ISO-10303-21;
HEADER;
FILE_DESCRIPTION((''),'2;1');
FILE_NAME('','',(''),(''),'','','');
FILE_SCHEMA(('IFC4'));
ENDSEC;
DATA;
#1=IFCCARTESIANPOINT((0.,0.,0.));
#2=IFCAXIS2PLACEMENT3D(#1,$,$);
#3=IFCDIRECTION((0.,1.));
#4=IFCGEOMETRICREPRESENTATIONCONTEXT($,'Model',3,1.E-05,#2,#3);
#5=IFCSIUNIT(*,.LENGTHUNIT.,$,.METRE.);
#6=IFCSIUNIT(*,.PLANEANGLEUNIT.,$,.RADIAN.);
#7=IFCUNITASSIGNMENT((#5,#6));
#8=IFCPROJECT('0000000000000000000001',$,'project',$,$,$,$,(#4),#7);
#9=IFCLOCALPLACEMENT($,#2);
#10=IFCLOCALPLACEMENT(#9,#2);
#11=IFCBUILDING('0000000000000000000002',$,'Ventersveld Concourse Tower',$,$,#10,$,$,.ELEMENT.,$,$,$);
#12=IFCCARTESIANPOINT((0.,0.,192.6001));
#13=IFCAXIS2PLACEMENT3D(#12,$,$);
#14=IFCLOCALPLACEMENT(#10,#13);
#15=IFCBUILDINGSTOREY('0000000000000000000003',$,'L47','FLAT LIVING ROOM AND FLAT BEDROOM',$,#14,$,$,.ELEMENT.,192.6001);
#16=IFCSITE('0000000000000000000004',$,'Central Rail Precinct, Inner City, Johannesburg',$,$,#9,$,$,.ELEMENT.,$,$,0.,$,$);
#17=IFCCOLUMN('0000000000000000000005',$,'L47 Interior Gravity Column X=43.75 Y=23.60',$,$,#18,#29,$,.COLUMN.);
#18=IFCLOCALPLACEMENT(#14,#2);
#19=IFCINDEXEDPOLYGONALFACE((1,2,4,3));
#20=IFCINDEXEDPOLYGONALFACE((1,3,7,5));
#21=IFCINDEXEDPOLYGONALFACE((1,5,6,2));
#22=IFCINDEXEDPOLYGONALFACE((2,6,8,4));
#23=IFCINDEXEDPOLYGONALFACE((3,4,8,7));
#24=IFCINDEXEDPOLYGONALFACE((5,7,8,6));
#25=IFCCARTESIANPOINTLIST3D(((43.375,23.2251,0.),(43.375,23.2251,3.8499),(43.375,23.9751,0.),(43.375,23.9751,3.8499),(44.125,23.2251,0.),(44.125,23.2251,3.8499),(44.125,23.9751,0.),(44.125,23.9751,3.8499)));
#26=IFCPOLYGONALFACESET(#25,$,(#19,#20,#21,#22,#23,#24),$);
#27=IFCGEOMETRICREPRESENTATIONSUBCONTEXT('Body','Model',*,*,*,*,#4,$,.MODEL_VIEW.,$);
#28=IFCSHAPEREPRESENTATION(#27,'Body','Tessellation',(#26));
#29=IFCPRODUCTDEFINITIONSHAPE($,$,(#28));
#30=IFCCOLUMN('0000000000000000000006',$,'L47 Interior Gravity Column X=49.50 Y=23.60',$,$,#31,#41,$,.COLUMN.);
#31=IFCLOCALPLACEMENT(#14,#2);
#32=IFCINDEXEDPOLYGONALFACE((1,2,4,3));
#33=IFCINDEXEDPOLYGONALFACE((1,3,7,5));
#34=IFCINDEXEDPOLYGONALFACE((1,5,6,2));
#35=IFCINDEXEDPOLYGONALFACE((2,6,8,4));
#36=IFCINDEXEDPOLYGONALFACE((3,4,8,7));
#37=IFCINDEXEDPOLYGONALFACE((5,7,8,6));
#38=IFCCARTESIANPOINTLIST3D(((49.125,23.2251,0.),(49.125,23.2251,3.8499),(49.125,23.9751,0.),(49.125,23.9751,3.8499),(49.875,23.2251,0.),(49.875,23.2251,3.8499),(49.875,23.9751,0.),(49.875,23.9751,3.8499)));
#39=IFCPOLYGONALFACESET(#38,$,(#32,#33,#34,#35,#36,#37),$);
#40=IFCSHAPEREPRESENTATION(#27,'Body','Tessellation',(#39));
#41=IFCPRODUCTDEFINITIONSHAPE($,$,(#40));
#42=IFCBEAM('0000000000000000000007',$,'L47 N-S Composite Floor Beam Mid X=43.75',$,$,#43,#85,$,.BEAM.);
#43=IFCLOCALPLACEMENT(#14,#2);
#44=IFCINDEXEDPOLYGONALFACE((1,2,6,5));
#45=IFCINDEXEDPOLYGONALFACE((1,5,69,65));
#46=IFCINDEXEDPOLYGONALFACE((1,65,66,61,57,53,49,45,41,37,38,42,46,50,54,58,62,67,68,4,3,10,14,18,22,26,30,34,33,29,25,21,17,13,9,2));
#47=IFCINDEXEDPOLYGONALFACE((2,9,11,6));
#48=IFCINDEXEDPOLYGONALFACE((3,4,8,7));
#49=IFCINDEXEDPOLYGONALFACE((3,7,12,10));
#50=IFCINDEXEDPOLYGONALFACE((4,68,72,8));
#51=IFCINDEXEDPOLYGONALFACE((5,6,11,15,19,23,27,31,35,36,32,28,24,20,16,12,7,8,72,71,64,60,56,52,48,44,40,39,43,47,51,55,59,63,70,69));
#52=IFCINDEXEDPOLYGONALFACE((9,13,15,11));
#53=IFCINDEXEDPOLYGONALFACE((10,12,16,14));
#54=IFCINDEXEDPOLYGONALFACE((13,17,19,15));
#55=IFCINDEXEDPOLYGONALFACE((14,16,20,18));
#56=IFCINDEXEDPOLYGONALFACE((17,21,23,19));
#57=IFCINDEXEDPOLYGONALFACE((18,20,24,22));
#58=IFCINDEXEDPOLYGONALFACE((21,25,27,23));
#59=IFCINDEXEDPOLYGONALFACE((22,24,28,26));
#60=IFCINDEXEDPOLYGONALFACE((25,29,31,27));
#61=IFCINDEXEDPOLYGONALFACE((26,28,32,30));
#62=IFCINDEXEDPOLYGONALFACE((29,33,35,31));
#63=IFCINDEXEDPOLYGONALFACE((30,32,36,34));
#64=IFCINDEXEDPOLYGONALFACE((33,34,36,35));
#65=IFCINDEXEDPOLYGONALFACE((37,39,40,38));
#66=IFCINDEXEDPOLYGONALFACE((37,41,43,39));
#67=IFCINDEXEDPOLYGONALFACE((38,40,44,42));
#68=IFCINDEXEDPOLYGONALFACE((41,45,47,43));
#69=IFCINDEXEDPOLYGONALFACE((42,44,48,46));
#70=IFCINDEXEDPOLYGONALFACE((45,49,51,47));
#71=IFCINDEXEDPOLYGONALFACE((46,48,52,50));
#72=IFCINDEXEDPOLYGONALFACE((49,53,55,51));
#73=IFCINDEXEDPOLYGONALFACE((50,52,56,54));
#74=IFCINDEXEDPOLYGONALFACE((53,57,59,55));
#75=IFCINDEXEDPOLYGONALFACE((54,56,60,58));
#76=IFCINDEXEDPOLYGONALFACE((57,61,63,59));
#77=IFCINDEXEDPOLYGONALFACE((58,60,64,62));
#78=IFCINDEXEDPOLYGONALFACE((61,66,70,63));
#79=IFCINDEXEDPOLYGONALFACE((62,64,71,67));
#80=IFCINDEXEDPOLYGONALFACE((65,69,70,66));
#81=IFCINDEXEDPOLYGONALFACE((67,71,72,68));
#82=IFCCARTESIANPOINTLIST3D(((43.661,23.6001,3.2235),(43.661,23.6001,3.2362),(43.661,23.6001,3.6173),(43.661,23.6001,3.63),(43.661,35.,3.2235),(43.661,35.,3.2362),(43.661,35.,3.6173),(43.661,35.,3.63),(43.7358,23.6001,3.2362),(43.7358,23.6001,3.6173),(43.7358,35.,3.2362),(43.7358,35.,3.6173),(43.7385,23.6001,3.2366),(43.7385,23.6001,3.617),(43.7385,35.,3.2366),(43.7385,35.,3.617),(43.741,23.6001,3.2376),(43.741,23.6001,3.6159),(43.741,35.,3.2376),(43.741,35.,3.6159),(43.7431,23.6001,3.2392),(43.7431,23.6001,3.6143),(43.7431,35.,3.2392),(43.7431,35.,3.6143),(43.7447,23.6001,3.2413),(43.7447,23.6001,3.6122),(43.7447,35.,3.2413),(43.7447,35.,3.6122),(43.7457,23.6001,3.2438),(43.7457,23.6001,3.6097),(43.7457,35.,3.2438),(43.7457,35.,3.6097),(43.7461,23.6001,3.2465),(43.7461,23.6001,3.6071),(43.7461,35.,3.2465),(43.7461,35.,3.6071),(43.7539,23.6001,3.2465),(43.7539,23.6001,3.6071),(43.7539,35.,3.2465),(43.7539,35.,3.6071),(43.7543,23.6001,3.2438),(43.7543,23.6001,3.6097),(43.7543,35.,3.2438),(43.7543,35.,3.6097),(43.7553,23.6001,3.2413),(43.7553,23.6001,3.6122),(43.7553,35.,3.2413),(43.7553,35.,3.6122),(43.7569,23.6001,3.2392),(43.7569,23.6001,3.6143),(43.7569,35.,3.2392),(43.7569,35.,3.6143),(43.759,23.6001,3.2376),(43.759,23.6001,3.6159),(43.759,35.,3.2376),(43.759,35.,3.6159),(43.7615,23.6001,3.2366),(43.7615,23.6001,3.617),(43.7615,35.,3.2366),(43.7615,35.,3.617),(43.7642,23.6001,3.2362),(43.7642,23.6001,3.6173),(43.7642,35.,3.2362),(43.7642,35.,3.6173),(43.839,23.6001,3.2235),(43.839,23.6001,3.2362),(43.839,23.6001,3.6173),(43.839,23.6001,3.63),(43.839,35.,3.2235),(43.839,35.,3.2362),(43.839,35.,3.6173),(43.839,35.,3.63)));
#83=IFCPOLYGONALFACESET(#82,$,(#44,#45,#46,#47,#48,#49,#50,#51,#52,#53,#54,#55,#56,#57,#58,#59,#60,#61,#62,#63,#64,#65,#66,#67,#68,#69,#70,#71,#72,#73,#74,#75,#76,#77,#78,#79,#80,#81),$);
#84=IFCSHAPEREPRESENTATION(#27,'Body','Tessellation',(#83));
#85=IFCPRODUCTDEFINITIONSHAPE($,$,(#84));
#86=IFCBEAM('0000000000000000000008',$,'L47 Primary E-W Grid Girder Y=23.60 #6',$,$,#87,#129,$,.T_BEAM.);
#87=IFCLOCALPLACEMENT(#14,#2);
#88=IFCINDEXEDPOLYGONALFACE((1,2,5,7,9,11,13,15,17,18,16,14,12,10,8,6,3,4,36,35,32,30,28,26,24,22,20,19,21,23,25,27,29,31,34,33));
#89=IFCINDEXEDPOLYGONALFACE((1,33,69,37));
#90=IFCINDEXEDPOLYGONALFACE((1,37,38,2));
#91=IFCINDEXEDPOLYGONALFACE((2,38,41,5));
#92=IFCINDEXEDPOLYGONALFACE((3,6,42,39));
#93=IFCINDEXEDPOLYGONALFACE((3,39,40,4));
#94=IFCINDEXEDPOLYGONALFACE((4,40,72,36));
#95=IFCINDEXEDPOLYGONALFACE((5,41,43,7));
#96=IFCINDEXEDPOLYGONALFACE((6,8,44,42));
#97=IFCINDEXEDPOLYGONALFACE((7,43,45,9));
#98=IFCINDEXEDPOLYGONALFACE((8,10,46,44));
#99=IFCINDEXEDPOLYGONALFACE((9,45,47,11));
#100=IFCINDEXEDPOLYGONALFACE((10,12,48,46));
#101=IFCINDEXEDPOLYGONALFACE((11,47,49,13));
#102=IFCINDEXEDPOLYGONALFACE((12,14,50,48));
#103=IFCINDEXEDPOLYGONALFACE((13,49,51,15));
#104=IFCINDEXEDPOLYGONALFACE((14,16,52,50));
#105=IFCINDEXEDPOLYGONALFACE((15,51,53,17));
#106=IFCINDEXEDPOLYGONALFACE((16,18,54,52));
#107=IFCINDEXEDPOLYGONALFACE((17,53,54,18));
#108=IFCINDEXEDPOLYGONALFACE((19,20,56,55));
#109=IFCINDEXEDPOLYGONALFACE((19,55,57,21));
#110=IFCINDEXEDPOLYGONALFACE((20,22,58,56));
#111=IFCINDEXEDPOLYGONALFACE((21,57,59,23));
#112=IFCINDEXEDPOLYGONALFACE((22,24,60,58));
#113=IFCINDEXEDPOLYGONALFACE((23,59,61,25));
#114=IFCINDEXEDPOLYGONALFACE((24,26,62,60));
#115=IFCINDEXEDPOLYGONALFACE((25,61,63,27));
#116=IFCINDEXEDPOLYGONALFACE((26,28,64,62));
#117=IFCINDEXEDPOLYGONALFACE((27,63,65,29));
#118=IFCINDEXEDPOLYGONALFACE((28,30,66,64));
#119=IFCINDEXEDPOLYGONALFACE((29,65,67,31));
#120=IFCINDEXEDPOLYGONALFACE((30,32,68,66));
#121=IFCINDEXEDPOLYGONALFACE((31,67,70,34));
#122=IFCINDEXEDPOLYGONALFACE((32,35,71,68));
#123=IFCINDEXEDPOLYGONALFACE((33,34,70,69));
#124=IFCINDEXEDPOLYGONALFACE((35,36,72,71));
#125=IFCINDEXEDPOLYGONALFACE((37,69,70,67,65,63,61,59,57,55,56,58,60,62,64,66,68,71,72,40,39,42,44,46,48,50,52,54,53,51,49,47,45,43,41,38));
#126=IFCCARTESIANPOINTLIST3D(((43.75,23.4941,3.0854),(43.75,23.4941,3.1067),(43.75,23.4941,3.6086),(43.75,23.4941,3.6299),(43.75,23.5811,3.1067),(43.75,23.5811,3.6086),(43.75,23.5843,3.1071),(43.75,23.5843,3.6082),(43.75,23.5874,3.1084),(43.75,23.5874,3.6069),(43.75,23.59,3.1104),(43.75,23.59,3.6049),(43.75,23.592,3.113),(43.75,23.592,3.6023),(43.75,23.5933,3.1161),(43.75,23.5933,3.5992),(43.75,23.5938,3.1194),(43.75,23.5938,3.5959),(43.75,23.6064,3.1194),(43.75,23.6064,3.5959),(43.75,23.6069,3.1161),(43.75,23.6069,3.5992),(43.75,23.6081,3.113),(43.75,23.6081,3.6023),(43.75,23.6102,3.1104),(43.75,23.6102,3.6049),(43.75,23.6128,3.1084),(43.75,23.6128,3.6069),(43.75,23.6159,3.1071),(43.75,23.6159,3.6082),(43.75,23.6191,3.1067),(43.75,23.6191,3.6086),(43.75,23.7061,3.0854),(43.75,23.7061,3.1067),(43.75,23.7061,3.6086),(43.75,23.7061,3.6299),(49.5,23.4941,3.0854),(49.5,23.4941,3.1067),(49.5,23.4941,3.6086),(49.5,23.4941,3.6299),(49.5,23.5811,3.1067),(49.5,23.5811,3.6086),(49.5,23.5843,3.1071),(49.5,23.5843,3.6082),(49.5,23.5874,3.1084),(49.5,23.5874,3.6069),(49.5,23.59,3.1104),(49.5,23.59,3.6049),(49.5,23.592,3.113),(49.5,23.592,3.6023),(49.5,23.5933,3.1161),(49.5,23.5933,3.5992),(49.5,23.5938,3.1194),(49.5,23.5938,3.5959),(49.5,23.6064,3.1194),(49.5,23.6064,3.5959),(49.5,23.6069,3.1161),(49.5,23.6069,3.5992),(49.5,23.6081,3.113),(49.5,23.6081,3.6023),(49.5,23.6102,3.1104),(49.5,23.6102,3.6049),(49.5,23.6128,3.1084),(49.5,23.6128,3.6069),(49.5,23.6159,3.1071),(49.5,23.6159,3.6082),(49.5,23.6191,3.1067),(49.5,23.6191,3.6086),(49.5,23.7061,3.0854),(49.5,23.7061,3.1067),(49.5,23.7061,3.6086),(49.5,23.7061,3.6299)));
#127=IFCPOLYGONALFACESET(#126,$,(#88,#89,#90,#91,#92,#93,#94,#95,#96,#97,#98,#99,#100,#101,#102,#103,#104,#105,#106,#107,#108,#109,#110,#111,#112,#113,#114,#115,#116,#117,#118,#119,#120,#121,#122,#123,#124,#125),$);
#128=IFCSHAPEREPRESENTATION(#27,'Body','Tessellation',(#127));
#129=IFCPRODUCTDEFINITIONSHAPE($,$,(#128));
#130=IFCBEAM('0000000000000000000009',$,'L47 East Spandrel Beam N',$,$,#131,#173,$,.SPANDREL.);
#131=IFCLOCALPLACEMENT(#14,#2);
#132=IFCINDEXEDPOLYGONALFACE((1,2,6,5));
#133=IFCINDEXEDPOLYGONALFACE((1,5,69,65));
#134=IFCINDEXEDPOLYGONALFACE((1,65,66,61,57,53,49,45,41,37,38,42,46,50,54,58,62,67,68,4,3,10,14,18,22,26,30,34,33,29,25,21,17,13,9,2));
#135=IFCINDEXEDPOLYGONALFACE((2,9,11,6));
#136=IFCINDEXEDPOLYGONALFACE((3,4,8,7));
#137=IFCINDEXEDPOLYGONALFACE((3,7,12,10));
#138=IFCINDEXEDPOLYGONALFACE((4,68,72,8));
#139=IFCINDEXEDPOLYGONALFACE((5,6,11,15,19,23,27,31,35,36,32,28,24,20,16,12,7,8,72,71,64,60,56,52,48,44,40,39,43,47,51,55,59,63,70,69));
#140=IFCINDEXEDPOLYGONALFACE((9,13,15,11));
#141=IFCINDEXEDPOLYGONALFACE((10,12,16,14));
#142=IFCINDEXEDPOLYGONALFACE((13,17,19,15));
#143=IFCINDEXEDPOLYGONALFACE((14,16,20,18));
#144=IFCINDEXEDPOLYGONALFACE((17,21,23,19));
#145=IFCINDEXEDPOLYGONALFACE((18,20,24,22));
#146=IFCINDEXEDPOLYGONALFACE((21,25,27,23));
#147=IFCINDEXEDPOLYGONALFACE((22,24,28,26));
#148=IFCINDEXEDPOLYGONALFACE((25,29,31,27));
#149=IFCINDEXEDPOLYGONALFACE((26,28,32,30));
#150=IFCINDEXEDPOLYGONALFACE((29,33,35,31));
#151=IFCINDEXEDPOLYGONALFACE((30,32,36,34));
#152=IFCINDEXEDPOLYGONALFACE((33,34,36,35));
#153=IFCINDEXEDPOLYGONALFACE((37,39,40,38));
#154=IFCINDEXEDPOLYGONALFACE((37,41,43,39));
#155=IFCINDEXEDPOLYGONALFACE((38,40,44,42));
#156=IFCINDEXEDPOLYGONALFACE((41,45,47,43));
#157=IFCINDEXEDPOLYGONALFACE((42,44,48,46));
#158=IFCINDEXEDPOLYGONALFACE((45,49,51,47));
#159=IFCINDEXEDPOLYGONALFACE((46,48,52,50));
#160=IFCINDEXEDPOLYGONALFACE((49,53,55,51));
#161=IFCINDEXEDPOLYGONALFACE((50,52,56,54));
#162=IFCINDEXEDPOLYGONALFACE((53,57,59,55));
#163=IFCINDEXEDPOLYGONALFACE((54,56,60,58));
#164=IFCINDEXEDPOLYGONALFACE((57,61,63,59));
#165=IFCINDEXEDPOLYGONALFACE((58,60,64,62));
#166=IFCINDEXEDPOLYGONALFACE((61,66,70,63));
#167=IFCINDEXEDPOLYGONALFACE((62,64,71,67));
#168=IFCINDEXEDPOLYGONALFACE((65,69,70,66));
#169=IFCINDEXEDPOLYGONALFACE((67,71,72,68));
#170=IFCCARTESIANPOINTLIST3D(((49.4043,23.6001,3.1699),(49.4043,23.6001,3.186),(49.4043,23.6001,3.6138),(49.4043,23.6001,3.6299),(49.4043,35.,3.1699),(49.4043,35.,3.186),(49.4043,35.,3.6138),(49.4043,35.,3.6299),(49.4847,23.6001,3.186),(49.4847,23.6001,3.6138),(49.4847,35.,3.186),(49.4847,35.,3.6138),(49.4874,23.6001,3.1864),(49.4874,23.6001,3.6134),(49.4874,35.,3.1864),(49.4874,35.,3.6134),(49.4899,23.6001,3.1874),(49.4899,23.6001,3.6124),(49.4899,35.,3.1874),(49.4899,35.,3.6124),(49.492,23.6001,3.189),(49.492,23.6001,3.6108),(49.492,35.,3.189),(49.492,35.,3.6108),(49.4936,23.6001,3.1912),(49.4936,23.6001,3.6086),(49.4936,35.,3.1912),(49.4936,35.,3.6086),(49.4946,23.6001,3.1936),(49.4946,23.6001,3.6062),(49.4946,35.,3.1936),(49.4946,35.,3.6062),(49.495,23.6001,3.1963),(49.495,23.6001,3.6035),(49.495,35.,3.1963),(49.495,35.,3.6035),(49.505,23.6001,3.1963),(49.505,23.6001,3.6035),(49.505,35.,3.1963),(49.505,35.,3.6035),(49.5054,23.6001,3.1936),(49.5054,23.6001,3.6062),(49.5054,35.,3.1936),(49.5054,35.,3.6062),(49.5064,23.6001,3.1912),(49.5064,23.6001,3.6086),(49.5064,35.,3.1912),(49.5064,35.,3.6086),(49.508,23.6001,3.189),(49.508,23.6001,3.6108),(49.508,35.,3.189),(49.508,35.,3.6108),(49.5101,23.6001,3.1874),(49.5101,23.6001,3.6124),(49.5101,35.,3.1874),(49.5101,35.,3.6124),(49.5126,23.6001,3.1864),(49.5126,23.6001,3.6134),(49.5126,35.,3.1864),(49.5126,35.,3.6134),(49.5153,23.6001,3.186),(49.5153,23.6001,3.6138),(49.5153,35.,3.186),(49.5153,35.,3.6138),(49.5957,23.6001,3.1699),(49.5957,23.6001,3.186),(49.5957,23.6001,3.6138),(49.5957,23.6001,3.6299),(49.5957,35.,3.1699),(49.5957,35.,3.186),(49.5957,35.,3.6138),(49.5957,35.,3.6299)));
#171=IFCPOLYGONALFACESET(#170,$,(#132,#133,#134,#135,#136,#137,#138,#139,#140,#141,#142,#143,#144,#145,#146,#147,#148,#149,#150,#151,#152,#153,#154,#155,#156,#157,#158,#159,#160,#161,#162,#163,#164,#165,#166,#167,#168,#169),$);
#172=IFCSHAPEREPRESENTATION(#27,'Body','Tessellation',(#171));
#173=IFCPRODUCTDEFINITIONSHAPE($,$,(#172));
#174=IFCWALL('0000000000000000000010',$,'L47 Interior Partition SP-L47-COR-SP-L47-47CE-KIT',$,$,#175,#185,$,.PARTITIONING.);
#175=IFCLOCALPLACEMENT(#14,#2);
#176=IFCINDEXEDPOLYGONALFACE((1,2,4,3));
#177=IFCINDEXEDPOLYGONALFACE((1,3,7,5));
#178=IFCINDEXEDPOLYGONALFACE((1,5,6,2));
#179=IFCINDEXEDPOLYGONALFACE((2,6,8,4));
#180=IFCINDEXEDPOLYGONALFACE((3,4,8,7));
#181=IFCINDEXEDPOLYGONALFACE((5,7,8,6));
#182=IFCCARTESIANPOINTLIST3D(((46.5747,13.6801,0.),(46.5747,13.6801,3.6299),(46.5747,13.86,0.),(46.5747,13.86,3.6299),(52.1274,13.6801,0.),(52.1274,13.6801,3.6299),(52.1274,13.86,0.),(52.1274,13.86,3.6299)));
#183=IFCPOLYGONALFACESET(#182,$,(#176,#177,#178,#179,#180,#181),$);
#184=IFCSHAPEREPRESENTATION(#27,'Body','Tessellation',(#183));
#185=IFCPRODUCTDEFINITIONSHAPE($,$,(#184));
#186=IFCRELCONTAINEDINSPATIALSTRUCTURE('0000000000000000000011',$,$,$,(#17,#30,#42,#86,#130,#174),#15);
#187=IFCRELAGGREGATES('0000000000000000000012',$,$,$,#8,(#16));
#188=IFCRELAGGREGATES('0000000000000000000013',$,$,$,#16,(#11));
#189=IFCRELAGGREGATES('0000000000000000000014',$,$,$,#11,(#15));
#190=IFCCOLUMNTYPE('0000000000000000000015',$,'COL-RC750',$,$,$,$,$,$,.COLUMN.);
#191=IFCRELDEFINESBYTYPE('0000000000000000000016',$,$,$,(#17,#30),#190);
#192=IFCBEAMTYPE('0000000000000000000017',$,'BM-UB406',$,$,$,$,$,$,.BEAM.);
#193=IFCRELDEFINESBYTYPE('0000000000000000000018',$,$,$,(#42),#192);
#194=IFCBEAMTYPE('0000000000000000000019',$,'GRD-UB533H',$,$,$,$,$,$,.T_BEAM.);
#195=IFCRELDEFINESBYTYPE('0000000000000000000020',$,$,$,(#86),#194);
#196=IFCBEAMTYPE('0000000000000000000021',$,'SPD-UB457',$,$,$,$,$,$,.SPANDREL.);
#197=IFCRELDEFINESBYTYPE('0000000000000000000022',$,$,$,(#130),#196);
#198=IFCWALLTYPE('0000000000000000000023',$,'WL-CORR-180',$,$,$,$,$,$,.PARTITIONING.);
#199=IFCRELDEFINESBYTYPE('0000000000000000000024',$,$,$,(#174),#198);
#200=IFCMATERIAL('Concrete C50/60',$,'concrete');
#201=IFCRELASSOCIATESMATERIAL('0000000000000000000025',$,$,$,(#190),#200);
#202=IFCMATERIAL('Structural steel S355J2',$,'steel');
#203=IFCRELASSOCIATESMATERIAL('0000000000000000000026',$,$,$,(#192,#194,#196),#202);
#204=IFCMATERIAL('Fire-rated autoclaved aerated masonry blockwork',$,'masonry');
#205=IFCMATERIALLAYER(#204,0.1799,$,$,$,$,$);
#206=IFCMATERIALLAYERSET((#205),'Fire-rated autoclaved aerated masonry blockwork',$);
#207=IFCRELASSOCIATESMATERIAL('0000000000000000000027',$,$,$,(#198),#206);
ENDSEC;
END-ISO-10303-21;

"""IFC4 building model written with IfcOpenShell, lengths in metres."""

from ifc_helpers import new_model, si_unit, direction, frame, frame_2d, origin, origin_2d, place, context, subcontext, project, spatial, rectangle, i_section, extrude, material, layer, layer_set, material_profile, profile_set, type_object, element, save


model = new_model("IFC4")

# Units and contexts
model_context = context("Model", 3, precision=1e-05, world=origin(), true_north=direction((0.0, 1.0)))
body_context = subcontext(model_context, "Body", "Model", "MODEL_VIEW")
ifc_project = project(units=[si_unit("LENGTHUNIT", "METRE"), si_unit("PLANEANGLEUNIT", "RADIAN")], contexts=[model_context])

# Site, building, storey
site_placement = place(None, origin())
site = spatial("IfcSite", under=ifc_project, at=site_placement, Name="Central Rail Precinct, Inner City, Johannesburg", CompositionType="ELEMENT", RefElevation=0.0)
building_placement = place(site_placement, origin())
building = spatial("IfcBuilding", under=site, at=building_placement, Name="Ventersveld Concourse Tower", CompositionType="ELEMENT")
storey_placement = place(building_placement, frame((0.0, 0.0, 192.6001)))
storey = spatial("IfcBuildingStorey", under=building, at=storey_placement, Name="L47", Description="FLAT LIVING ROOM AND FLAT BEDROOM", CompositionType="ELEMENT", Elevation=192.6001)

# Columns
ifc_material_1 = material(Name="Concrete C50/60", Category="concrete")
ifc_material_profile_1 = material_profile(ifc_material_1, rectangle(XDim=0.75, YDim=0.75, at=origin_2d()), Name="RC 750x750")
ifc_profile_set_1 = profile_set([ifc_material_profile_1], Name="Concrete C50/60")
column_type = type_object("IfcColumnType", Name="COL-RC750", PredefinedType="COLUMN", material=ifc_profile_set_1)
for number, where, z_axis, x_axis, name in (
    (1, (43.75, 23.6001, 0.0), (0.0, 0.0, 1.0), (1.0, 0.0, 0.0), "L47 Interior Gravity Column X=43.75 Y=23.60"),
    (2, (49.5, 23.6001, 0.0), (0.0, 0.0, 1.0), (1.0, 0.0, 0.0), "L47 Interior Gravity Column X=49.50 Y=23.60"),
):
    element("IfcColumn", number, at=place(storey_placement, frame(where, z_axis=z_axis, x_axis=x_axis)), inside=storey, type_object=column_type, Name=name, PredefinedType="COLUMN", context=body_context, shape_type="SweptSolid", body=[
        extrude(rectangle(XDim=0.75, YDim=0.75, at=origin_2d()), origin(), (0.0, 0.0, 1.0), 3.8499),
    ])

# Beams
ifc_material_2 = material(Name="Structural steel S355J2", Category="steel")
ifc_material_profile_2 = material_profile(ifc_material_2, i_section(OverallWidth=0.178, OverallDepth=0.4065, WebThickness=0.0078, FlangeThickness=0.0127, FilletRadius=0.0103, at=origin_2d()), Name="UB 406x178x60")
ifc_profile_set_2 = profile_set([ifc_material_profile_2], Name="Structural steel S355J2")
beam_type_1 = type_object("IfcBeamType", Name="BM-UB406", PredefinedType="BEAM", material=ifc_profile_set_2)
beam_1_placement = place(storey_placement, frame((43.75, 23.6001, 3.4268), z_axis=(0.0, 1.0, 0.0), x_axis=(-1.0, 0.0, 0.0)))
element("IfcBeam", 3, at=beam_1_placement, inside=storey, type_object=beam_type_1, Name="L47 N-S Composite Floor Beam Mid X=43.75", PredefinedType="BEAM", context=body_context, shape_type="SweptSolid", body=[
    extrude(i_section(OverallWidth=0.178, OverallDepth=0.4065, WebThickness=0.0078, FlangeThickness=0.0127, FilletRadius=0.0103, at=origin_2d()), origin(), (0.0, 0.0, 1.0), 11.3999),
])
ifc_material_profile_3 = material_profile(ifc_material_2, i_section(OverallWidth=0.2119, OverallDepth=0.5444, WebThickness=0.0127, FlangeThickness=0.0212, FilletRadius=0.0127, at=origin_2d()), Name="UB 533x210x122")
ifc_profile_set_3 = profile_set([ifc_material_profile_3], Name="Structural steel S355J2")
beam_type_2 = type_object("IfcBeamType", Name="GRD-UB533H", PredefinedType="T_BEAM", material=ifc_profile_set_3)
beam_2_placement = place(storey_placement, frame((43.75, 23.6001, 3.3577), z_axis=(1.0, 0.0, 0.0), x_axis=(0.0, 1.0, 0.0)))
element("IfcBeam", 4, at=beam_2_placement, inside=storey, type_object=beam_type_2, Name="L47 Primary E-W Grid Girder Y=23.60 #6", PredefinedType="T_BEAM", context=body_context, shape_type="SweptSolid", body=[
    extrude(i_section(OverallWidth=0.2119, OverallDepth=0.5444, WebThickness=0.0127, FlangeThickness=0.0212, FilletRadius=0.0127, at=origin_2d()), origin(), (0.0, 0.0, 1.0), 5.75),
])
ifc_material_profile_4 = material_profile(ifc_material_2, i_section(OverallWidth=0.1914, OverallDepth=0.46, WebThickness=0.01, FlangeThickness=0.0161, FilletRadius=0.0103, at=origin_2d()), Name="UB 457x191x82")
ifc_profile_set_4 = profile_set([ifc_material_profile_4], Name="Structural steel S355J2")
beam_type_3 = type_object("IfcBeamType", Name="SPD-UB457", PredefinedType="SPANDREL", material=ifc_profile_set_4)
beam_3_placement = place(storey_placement, frame((49.5, 23.6001, 3.3999), z_axis=(0.0, 1.0, 0.0), x_axis=(-1.0, 0.0, 0.0)))
element("IfcBeam", 5, at=beam_3_placement, inside=storey, type_object=beam_type_3, Name="L47 East Spandrel Beam N", PredefinedType="SPANDREL", context=body_context, shape_type="SweptSolid", body=[
    extrude(i_section(OverallWidth=0.1914, OverallDepth=0.46, WebThickness=0.01, FlangeThickness=0.0161, FilletRadius=0.0103, at=origin_2d()), origin(), (0.0, 0.0, 1.0), 11.3999),
])

# Shared definitions
ifc_material_3 = material(Name="Fire-rated autoclaved aerated masonry blockwork", Category="masonry")
ifc_layer_1 = layer(ifc_material_3, 0.1799)
ifc_layer_set_1 = layer_set([ifc_layer_1], Name="Fire-rated autoclaved aerated masonry blockwork")
wall_type_1 = type_object("IfcWallType", Name="WL-CORR-180", PredefinedType="PARTITIONING", material=ifc_layer_set_1)

# Wall
wall_1_placement = place(storey_placement, frame((46.5747, 13.77, 0.0), z_axis=(0.0, 0.0, 1.0), x_axis=(1.0, 0.0, 0.0)))
element("IfcWall", 6, at=wall_1_placement, inside=storey, type_object=wall_type_1, Name="L47 Interior Partition SP-L47-COR-SP-L47-47CE-KIT", PredefinedType="PARTITIONING", context=body_context, shape_type="SweptSolid", body=[
    extrude(rectangle(XDim=5.5527, YDim=0.1799, at=frame_2d((2.7764, 0.0))), origin(), (0.0, 0.0, 1.0), 3.6299),
])

save(model, "model.ifc")
